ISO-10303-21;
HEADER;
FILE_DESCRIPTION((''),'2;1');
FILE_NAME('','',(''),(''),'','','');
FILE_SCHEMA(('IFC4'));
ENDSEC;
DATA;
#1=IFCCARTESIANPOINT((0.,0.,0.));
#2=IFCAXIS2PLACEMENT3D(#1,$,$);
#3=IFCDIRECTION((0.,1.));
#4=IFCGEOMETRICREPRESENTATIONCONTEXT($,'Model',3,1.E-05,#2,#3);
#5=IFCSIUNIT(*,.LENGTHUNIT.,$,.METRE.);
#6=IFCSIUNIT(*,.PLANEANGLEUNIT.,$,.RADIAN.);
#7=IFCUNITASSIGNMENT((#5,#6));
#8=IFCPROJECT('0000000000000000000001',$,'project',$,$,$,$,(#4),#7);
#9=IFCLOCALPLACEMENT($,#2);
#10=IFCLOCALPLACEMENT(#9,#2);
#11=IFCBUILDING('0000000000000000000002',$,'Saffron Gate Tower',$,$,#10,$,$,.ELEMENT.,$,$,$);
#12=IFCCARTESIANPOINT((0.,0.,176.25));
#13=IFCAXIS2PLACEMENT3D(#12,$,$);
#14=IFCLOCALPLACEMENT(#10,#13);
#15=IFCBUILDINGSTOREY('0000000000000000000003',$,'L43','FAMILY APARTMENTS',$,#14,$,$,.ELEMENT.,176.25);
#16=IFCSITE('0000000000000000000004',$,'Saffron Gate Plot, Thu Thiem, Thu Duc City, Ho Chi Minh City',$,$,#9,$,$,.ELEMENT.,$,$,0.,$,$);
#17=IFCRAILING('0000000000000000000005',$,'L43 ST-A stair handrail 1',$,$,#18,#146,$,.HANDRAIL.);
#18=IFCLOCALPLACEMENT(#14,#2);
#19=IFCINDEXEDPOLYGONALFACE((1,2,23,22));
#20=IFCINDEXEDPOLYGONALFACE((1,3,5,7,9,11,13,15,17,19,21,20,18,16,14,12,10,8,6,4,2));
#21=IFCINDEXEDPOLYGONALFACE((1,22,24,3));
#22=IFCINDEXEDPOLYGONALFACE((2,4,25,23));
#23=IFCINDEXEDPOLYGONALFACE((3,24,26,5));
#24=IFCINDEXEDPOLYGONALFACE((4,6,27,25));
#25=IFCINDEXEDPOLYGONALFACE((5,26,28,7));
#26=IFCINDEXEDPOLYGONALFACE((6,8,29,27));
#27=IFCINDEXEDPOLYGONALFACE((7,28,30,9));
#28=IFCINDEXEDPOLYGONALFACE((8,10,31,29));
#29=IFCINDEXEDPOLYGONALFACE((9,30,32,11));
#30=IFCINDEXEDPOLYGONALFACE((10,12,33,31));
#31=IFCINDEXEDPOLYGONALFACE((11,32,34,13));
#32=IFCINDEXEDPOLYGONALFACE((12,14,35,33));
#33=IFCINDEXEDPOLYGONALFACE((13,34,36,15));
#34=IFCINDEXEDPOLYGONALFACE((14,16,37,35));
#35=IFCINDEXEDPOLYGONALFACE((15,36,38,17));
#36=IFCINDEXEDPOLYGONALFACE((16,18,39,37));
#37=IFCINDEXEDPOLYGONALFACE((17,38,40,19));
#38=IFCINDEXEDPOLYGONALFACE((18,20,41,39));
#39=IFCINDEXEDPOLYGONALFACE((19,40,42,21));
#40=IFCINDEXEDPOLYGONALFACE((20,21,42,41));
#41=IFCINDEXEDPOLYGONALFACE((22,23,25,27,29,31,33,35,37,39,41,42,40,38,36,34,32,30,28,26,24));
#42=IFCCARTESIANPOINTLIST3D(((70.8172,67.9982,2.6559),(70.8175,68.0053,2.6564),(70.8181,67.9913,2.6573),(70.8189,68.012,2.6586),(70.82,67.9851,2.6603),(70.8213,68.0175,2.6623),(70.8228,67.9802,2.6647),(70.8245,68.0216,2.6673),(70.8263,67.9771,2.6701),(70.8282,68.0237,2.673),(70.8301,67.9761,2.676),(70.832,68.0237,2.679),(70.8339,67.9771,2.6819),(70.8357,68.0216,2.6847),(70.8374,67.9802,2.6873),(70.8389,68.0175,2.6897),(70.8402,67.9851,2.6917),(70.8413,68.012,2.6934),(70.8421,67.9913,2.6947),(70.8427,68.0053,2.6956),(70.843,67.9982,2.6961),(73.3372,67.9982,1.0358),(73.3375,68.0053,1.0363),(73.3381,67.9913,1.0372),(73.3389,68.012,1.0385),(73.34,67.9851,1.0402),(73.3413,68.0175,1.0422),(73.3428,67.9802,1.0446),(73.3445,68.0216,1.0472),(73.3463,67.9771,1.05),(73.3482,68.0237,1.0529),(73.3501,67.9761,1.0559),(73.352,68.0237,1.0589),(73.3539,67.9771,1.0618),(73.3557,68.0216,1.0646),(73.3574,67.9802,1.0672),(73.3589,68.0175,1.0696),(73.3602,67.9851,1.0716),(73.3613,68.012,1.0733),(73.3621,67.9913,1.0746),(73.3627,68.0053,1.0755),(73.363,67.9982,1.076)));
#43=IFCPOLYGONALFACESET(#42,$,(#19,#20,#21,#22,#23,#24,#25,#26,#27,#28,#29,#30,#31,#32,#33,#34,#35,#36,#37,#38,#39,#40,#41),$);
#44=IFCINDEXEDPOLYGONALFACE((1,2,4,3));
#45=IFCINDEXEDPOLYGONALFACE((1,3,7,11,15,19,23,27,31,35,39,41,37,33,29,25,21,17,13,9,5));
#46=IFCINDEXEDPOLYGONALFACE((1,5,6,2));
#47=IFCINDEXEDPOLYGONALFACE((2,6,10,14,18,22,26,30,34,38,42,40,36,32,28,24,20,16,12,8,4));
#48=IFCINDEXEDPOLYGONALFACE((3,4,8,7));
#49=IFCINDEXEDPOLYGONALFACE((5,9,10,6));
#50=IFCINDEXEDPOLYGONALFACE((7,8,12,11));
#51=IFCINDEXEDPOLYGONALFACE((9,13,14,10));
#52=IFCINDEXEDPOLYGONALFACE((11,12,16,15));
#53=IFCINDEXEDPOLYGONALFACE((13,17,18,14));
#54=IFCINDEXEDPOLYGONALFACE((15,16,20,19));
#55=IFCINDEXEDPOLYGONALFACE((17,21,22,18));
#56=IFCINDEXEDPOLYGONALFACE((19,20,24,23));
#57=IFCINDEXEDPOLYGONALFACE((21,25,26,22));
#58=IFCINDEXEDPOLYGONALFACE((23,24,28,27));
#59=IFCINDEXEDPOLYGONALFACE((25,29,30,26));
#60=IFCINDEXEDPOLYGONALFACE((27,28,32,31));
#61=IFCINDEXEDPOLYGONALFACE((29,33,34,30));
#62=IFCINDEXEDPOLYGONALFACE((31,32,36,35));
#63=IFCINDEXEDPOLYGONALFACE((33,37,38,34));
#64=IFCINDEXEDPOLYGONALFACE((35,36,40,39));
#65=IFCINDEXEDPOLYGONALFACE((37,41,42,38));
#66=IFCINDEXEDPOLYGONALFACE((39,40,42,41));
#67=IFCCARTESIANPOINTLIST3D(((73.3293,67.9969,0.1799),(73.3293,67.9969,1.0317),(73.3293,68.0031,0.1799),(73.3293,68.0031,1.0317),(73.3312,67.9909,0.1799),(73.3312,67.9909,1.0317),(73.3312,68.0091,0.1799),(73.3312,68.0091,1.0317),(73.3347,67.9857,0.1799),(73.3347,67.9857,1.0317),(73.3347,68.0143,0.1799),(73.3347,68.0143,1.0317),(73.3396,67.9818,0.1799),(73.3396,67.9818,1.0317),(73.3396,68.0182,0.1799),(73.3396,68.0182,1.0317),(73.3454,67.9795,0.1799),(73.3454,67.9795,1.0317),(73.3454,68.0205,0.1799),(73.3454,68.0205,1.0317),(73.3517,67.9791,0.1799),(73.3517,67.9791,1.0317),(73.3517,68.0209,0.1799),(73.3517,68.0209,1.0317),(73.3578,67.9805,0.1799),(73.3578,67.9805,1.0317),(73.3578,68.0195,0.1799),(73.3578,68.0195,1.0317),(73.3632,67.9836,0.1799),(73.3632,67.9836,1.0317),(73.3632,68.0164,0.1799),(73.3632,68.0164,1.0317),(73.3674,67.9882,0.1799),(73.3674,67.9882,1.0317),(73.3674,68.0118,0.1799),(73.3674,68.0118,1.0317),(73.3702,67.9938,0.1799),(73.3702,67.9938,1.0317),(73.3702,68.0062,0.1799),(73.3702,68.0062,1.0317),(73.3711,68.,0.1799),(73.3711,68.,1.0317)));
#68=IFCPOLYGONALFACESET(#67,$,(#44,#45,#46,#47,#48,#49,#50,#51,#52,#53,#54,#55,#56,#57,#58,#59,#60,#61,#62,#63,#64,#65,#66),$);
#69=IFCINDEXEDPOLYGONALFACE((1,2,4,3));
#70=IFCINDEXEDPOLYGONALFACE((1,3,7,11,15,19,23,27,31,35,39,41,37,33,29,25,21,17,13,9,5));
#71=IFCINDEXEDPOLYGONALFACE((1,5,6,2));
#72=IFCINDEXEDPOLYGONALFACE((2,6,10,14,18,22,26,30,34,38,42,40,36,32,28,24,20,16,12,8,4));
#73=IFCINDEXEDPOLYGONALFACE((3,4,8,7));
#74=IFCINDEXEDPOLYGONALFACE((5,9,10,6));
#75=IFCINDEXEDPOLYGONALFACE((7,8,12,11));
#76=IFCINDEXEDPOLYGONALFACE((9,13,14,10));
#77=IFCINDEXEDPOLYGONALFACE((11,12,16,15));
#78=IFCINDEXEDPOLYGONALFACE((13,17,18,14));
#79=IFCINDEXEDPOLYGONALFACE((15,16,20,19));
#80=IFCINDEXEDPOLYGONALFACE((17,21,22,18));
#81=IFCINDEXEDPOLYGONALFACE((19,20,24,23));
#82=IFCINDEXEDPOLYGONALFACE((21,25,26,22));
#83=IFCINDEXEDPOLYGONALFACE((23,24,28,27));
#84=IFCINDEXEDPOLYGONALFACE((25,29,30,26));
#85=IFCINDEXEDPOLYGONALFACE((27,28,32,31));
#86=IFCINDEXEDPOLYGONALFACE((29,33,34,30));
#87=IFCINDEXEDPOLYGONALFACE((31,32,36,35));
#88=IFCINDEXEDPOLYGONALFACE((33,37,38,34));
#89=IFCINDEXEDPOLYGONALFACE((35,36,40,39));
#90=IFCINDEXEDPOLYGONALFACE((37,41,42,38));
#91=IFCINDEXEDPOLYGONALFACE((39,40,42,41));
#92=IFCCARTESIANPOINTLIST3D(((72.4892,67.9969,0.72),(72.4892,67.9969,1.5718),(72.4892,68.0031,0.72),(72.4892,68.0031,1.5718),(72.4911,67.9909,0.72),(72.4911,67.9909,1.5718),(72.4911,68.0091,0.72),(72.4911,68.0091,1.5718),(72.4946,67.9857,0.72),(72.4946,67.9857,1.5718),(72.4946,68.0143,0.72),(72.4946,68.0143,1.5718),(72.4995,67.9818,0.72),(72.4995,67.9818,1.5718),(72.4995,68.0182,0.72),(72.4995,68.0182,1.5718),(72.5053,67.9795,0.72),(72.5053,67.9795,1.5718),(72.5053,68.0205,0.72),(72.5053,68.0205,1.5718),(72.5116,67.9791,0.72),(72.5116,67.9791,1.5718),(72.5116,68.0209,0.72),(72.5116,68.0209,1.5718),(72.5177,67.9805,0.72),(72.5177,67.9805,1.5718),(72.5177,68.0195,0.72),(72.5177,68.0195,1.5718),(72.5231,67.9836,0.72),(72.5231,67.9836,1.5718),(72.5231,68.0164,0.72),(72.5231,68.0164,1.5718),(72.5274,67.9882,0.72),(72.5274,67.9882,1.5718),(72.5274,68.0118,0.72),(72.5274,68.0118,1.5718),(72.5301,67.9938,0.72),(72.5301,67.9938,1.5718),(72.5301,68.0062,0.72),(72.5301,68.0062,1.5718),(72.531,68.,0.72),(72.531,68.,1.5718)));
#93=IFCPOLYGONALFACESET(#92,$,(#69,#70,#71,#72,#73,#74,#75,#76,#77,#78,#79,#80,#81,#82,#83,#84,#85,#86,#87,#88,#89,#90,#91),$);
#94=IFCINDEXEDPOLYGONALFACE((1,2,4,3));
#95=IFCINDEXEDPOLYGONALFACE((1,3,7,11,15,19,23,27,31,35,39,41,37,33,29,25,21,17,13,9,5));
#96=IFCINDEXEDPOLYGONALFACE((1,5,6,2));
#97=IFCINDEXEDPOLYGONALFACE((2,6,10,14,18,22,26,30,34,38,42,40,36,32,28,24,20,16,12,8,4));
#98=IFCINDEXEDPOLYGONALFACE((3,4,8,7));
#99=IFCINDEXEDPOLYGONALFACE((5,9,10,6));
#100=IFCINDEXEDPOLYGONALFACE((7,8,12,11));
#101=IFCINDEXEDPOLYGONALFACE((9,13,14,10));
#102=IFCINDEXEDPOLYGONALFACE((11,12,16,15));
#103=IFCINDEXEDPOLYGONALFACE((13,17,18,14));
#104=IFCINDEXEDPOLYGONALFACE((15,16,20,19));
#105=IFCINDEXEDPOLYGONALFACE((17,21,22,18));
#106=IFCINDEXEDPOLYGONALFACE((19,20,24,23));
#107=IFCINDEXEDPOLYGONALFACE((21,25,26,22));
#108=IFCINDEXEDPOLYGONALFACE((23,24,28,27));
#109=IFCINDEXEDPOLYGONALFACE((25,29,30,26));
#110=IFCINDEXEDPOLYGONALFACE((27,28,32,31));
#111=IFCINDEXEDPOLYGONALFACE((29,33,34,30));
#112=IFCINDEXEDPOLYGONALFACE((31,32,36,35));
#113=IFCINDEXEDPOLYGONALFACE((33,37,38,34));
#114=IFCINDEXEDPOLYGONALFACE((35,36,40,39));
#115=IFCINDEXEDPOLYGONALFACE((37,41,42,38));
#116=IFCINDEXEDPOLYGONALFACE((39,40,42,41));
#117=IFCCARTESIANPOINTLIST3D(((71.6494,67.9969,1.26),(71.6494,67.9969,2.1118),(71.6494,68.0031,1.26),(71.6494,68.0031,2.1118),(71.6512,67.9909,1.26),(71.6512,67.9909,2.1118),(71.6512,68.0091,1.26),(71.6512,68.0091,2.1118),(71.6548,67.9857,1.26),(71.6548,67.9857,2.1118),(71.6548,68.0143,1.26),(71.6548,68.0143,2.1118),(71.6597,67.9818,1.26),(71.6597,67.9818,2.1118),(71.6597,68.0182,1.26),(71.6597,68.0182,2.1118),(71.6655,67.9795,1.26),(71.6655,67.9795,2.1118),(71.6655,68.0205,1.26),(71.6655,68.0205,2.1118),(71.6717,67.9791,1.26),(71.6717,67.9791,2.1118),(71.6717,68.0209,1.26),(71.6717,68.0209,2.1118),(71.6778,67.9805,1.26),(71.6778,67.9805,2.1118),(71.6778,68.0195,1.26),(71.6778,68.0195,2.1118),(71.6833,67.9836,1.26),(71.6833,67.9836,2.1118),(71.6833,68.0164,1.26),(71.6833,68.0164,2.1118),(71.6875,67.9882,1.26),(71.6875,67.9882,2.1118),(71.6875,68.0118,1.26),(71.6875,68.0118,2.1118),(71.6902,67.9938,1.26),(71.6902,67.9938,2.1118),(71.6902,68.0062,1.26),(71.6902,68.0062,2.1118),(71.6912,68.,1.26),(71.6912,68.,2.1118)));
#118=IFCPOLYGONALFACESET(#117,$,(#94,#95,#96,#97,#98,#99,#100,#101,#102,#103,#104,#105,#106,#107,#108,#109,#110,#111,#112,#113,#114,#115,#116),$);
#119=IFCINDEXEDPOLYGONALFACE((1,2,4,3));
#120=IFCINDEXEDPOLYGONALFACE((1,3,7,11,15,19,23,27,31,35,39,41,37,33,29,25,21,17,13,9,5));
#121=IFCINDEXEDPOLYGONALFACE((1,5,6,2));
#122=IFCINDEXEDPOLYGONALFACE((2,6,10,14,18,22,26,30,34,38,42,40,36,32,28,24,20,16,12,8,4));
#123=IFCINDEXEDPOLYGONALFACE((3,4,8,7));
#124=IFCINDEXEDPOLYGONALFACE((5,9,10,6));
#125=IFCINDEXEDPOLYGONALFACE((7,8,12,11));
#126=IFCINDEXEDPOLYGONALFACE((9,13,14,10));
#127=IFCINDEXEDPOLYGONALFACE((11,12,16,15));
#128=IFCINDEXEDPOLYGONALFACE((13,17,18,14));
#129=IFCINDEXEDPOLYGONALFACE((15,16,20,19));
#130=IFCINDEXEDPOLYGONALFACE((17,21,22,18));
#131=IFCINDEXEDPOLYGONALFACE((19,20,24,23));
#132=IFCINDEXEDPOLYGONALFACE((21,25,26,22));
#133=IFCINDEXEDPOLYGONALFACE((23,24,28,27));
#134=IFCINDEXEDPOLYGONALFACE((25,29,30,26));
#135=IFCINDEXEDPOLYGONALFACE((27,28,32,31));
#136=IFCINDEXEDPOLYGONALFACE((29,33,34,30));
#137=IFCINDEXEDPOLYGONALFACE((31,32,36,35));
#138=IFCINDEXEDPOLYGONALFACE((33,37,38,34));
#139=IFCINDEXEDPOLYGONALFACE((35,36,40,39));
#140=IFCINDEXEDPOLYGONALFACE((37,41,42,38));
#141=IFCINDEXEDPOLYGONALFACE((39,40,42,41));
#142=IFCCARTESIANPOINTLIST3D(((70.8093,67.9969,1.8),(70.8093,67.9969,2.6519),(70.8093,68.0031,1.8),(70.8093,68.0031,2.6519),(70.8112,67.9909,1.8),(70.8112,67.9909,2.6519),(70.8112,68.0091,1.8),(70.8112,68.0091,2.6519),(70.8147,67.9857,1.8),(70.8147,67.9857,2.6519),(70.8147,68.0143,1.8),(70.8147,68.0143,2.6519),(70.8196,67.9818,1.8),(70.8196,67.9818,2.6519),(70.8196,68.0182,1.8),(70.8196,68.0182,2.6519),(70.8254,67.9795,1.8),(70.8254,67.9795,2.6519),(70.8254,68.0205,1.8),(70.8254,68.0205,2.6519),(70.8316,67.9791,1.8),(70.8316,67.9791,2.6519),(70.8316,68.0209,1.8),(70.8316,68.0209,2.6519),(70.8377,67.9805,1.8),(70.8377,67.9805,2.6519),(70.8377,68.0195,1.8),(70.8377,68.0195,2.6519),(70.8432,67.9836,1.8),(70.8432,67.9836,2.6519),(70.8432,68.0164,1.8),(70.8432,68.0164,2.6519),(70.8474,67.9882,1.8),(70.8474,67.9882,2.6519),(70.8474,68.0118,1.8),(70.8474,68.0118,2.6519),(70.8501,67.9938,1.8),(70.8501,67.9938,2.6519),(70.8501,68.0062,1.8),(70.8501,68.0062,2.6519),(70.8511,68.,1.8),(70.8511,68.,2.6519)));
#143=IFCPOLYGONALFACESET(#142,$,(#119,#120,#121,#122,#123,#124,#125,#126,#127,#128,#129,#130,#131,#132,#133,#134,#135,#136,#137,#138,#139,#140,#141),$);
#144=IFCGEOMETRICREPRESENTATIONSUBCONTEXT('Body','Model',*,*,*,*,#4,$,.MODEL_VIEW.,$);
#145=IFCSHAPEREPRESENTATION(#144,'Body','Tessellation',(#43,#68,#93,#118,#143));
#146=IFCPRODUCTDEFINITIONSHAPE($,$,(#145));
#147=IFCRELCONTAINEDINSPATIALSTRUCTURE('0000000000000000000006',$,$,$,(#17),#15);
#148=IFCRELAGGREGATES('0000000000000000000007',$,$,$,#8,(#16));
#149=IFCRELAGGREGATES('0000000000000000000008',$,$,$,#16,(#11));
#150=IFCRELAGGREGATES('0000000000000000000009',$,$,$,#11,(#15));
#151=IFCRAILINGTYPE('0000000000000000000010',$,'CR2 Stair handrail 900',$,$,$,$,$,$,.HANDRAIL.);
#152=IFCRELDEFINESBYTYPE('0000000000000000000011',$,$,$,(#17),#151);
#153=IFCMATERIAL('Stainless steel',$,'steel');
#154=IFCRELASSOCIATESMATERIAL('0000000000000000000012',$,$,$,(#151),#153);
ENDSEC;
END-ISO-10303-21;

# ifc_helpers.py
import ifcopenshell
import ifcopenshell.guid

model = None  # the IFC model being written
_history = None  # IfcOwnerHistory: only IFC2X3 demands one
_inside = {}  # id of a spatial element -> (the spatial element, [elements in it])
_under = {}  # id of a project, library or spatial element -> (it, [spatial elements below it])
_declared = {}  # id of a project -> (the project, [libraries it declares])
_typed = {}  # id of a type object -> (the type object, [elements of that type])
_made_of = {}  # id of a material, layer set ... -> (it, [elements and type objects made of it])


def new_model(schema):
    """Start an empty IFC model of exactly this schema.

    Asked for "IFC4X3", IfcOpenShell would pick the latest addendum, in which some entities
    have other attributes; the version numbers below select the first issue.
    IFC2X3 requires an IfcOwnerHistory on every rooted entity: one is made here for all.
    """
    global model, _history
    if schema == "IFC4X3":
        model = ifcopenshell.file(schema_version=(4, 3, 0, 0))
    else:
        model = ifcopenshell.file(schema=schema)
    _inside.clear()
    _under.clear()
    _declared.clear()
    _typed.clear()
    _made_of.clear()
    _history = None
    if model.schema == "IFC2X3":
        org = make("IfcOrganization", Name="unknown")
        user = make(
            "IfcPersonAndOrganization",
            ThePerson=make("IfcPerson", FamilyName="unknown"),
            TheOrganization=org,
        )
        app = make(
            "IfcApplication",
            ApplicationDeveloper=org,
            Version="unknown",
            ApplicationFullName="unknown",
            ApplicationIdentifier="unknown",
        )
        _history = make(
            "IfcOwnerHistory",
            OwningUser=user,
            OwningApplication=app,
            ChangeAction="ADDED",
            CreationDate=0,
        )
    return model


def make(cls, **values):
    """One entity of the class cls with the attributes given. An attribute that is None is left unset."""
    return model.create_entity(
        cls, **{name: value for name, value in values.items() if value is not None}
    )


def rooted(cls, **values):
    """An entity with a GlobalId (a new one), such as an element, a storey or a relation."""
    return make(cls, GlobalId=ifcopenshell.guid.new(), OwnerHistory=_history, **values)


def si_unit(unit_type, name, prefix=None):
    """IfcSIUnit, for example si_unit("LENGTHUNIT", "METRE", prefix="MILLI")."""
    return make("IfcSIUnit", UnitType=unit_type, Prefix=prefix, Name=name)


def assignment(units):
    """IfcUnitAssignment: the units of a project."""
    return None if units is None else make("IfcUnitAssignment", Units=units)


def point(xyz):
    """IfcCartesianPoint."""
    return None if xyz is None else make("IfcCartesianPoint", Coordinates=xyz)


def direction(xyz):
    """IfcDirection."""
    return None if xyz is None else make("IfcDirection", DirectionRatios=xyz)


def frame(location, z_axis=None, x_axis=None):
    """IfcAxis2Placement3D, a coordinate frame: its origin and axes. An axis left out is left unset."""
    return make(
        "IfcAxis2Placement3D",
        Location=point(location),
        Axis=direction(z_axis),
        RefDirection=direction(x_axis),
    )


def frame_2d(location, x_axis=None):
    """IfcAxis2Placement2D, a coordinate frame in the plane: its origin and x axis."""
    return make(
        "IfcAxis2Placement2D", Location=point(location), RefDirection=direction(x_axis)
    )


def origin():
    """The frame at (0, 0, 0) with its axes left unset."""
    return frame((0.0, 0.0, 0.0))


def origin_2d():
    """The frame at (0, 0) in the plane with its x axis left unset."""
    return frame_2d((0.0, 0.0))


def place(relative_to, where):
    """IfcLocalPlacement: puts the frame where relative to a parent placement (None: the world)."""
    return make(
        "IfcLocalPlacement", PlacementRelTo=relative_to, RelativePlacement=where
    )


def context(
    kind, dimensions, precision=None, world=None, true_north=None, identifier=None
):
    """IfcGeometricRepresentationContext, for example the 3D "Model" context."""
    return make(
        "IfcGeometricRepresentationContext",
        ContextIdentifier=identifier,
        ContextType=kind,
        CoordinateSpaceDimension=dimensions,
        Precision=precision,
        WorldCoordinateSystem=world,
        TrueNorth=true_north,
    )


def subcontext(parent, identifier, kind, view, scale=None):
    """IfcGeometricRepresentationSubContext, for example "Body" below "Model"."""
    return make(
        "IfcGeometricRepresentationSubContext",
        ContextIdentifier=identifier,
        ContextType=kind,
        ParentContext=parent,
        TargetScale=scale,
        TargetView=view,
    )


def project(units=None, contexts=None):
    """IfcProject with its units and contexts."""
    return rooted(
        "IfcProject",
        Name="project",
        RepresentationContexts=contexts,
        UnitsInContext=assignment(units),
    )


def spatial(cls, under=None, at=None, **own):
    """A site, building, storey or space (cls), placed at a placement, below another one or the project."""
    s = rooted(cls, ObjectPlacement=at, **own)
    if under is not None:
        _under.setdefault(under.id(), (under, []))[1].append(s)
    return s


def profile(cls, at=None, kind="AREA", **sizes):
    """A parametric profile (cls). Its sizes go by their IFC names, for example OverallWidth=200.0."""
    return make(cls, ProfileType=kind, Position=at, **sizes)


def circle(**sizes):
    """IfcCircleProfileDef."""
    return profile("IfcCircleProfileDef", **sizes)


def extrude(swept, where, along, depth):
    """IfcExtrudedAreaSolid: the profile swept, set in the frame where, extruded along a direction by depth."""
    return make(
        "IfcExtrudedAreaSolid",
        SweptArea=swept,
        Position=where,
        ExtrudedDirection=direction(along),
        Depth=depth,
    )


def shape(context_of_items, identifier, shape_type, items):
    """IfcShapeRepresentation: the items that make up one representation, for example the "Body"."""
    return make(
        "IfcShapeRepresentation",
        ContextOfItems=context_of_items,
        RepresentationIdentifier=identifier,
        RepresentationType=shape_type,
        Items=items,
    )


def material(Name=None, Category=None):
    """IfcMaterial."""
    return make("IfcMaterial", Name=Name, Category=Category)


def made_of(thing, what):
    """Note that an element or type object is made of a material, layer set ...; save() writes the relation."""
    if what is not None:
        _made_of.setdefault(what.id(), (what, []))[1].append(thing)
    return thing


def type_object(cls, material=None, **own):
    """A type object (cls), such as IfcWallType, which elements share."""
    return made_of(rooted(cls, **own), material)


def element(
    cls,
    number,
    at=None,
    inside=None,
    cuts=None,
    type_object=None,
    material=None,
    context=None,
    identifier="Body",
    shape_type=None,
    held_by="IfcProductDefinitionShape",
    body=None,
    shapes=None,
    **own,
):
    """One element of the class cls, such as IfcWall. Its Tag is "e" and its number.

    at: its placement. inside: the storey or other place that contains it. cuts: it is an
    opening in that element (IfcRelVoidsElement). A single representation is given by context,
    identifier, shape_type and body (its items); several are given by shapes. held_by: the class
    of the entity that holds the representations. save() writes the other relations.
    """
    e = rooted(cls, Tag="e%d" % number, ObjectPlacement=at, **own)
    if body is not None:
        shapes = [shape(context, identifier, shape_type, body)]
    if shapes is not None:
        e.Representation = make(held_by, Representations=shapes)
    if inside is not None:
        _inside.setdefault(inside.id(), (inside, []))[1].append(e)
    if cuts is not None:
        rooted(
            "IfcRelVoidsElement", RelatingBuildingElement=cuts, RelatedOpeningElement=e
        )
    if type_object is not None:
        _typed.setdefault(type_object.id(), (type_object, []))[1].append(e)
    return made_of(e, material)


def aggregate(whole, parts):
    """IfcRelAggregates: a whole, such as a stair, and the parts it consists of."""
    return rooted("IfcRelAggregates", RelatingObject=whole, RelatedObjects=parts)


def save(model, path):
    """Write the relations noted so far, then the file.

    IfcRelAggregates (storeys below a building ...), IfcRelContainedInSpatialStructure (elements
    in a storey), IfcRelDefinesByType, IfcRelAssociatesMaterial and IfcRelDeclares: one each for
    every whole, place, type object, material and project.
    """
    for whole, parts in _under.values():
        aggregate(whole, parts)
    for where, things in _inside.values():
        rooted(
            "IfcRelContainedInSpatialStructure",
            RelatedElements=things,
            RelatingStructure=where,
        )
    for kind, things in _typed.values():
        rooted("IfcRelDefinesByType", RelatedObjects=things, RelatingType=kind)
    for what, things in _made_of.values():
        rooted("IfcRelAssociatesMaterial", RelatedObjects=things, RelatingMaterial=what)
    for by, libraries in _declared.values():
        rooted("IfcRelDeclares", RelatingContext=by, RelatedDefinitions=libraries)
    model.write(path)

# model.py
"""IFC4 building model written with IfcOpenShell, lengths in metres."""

from ifc_helpers import new_model, si_unit, direction, frame, origin, origin_2d, place, context, subcontext, project, spatial, circle, extrude, material, type_object, element, save


model = new_model("IFC4")

# Units and contexts
model_context = context("Model", 3, precision=1e-05, world=origin(), true_north=direction((0.0, 1.0)))
body_context = subcontext(model_context, "Body", "Model", "MODEL_VIEW")
ifc_project = project(units=[si_unit("LENGTHUNIT", "METRE"), si_unit("PLANEANGLEUNIT", "RADIAN")], contexts=[model_context])

# Site, building, storey
site_placement = place(None, origin())
site = spatial("IfcSite", under=ifc_project, at=site_placement, Name="Saffron Gate Plot, Thu Thiem, Thu Duc City, Ho Chi Minh City", CompositionType="ELEMENT", RefElevation=0.0)
building_placement = place(site_placement, origin())
building = spatial("IfcBuilding", under=site, at=building_placement, Name="Saffron Gate Tower", CompositionType="ELEMENT")
storey_placement = place(building_placement, frame((0.0, 0.0, 176.25)))
storey = spatial("IfcBuildingStorey", under=building, at=storey_placement, Name="L43", Description="FAMILY APARTMENTS", CompositionType="ELEMENT", Elevation=176.25)

# Railing
ifc_material_1 = material(Name="Stainless steel", Category="steel")
railing_type_1 = type_object("IfcRailingType", Name="CR2 Stair handrail 900", PredefinedType="HANDRAIL", material=ifc_material_1)
railing_1_placement = place(storey_placement, frame((73.3501, 68.0, 0.1799)))
element("IfcRailing", 1, at=railing_1_placement, inside=storey, type_object=railing_type_1, Name="L43 ST-A stair handrail 1", PredefinedType="HANDRAIL", context=body_context, shape_type="SweptSolid", body=[
    extrude(circle(Radius=0.0239, at=origin_2d()), frame((0.0, 0.0, 0.876), z_axis=(-0.841163, 0.0, 0.540782), x_axis=(0.0, -1.0, 0.0)), (0.0, 0.0, 1.0), 2.9958),
    extrude(circle(Radius=0.021, at=origin_2d()), origin(), (0.0, 0.0, 1.0), 0.8518),
    extrude(circle(Radius=0.021, at=origin_2d()), frame((-0.8401, 0.0, 0.54)), (0.0, 0.0, 1.0), 0.8518),
    extrude(circle(Radius=0.021, at=origin_2d()), frame((-1.6799, 0.0, 1.0801)), (0.0, 0.0, 1.0), 0.8518),
    extrude(circle(Radius=0.021, at=origin_2d()), frame((-2.52, 0.0, 1.6201)), (0.0, 0.0, 1.0), 0.8518),
])

save(model, "model.ifc")
